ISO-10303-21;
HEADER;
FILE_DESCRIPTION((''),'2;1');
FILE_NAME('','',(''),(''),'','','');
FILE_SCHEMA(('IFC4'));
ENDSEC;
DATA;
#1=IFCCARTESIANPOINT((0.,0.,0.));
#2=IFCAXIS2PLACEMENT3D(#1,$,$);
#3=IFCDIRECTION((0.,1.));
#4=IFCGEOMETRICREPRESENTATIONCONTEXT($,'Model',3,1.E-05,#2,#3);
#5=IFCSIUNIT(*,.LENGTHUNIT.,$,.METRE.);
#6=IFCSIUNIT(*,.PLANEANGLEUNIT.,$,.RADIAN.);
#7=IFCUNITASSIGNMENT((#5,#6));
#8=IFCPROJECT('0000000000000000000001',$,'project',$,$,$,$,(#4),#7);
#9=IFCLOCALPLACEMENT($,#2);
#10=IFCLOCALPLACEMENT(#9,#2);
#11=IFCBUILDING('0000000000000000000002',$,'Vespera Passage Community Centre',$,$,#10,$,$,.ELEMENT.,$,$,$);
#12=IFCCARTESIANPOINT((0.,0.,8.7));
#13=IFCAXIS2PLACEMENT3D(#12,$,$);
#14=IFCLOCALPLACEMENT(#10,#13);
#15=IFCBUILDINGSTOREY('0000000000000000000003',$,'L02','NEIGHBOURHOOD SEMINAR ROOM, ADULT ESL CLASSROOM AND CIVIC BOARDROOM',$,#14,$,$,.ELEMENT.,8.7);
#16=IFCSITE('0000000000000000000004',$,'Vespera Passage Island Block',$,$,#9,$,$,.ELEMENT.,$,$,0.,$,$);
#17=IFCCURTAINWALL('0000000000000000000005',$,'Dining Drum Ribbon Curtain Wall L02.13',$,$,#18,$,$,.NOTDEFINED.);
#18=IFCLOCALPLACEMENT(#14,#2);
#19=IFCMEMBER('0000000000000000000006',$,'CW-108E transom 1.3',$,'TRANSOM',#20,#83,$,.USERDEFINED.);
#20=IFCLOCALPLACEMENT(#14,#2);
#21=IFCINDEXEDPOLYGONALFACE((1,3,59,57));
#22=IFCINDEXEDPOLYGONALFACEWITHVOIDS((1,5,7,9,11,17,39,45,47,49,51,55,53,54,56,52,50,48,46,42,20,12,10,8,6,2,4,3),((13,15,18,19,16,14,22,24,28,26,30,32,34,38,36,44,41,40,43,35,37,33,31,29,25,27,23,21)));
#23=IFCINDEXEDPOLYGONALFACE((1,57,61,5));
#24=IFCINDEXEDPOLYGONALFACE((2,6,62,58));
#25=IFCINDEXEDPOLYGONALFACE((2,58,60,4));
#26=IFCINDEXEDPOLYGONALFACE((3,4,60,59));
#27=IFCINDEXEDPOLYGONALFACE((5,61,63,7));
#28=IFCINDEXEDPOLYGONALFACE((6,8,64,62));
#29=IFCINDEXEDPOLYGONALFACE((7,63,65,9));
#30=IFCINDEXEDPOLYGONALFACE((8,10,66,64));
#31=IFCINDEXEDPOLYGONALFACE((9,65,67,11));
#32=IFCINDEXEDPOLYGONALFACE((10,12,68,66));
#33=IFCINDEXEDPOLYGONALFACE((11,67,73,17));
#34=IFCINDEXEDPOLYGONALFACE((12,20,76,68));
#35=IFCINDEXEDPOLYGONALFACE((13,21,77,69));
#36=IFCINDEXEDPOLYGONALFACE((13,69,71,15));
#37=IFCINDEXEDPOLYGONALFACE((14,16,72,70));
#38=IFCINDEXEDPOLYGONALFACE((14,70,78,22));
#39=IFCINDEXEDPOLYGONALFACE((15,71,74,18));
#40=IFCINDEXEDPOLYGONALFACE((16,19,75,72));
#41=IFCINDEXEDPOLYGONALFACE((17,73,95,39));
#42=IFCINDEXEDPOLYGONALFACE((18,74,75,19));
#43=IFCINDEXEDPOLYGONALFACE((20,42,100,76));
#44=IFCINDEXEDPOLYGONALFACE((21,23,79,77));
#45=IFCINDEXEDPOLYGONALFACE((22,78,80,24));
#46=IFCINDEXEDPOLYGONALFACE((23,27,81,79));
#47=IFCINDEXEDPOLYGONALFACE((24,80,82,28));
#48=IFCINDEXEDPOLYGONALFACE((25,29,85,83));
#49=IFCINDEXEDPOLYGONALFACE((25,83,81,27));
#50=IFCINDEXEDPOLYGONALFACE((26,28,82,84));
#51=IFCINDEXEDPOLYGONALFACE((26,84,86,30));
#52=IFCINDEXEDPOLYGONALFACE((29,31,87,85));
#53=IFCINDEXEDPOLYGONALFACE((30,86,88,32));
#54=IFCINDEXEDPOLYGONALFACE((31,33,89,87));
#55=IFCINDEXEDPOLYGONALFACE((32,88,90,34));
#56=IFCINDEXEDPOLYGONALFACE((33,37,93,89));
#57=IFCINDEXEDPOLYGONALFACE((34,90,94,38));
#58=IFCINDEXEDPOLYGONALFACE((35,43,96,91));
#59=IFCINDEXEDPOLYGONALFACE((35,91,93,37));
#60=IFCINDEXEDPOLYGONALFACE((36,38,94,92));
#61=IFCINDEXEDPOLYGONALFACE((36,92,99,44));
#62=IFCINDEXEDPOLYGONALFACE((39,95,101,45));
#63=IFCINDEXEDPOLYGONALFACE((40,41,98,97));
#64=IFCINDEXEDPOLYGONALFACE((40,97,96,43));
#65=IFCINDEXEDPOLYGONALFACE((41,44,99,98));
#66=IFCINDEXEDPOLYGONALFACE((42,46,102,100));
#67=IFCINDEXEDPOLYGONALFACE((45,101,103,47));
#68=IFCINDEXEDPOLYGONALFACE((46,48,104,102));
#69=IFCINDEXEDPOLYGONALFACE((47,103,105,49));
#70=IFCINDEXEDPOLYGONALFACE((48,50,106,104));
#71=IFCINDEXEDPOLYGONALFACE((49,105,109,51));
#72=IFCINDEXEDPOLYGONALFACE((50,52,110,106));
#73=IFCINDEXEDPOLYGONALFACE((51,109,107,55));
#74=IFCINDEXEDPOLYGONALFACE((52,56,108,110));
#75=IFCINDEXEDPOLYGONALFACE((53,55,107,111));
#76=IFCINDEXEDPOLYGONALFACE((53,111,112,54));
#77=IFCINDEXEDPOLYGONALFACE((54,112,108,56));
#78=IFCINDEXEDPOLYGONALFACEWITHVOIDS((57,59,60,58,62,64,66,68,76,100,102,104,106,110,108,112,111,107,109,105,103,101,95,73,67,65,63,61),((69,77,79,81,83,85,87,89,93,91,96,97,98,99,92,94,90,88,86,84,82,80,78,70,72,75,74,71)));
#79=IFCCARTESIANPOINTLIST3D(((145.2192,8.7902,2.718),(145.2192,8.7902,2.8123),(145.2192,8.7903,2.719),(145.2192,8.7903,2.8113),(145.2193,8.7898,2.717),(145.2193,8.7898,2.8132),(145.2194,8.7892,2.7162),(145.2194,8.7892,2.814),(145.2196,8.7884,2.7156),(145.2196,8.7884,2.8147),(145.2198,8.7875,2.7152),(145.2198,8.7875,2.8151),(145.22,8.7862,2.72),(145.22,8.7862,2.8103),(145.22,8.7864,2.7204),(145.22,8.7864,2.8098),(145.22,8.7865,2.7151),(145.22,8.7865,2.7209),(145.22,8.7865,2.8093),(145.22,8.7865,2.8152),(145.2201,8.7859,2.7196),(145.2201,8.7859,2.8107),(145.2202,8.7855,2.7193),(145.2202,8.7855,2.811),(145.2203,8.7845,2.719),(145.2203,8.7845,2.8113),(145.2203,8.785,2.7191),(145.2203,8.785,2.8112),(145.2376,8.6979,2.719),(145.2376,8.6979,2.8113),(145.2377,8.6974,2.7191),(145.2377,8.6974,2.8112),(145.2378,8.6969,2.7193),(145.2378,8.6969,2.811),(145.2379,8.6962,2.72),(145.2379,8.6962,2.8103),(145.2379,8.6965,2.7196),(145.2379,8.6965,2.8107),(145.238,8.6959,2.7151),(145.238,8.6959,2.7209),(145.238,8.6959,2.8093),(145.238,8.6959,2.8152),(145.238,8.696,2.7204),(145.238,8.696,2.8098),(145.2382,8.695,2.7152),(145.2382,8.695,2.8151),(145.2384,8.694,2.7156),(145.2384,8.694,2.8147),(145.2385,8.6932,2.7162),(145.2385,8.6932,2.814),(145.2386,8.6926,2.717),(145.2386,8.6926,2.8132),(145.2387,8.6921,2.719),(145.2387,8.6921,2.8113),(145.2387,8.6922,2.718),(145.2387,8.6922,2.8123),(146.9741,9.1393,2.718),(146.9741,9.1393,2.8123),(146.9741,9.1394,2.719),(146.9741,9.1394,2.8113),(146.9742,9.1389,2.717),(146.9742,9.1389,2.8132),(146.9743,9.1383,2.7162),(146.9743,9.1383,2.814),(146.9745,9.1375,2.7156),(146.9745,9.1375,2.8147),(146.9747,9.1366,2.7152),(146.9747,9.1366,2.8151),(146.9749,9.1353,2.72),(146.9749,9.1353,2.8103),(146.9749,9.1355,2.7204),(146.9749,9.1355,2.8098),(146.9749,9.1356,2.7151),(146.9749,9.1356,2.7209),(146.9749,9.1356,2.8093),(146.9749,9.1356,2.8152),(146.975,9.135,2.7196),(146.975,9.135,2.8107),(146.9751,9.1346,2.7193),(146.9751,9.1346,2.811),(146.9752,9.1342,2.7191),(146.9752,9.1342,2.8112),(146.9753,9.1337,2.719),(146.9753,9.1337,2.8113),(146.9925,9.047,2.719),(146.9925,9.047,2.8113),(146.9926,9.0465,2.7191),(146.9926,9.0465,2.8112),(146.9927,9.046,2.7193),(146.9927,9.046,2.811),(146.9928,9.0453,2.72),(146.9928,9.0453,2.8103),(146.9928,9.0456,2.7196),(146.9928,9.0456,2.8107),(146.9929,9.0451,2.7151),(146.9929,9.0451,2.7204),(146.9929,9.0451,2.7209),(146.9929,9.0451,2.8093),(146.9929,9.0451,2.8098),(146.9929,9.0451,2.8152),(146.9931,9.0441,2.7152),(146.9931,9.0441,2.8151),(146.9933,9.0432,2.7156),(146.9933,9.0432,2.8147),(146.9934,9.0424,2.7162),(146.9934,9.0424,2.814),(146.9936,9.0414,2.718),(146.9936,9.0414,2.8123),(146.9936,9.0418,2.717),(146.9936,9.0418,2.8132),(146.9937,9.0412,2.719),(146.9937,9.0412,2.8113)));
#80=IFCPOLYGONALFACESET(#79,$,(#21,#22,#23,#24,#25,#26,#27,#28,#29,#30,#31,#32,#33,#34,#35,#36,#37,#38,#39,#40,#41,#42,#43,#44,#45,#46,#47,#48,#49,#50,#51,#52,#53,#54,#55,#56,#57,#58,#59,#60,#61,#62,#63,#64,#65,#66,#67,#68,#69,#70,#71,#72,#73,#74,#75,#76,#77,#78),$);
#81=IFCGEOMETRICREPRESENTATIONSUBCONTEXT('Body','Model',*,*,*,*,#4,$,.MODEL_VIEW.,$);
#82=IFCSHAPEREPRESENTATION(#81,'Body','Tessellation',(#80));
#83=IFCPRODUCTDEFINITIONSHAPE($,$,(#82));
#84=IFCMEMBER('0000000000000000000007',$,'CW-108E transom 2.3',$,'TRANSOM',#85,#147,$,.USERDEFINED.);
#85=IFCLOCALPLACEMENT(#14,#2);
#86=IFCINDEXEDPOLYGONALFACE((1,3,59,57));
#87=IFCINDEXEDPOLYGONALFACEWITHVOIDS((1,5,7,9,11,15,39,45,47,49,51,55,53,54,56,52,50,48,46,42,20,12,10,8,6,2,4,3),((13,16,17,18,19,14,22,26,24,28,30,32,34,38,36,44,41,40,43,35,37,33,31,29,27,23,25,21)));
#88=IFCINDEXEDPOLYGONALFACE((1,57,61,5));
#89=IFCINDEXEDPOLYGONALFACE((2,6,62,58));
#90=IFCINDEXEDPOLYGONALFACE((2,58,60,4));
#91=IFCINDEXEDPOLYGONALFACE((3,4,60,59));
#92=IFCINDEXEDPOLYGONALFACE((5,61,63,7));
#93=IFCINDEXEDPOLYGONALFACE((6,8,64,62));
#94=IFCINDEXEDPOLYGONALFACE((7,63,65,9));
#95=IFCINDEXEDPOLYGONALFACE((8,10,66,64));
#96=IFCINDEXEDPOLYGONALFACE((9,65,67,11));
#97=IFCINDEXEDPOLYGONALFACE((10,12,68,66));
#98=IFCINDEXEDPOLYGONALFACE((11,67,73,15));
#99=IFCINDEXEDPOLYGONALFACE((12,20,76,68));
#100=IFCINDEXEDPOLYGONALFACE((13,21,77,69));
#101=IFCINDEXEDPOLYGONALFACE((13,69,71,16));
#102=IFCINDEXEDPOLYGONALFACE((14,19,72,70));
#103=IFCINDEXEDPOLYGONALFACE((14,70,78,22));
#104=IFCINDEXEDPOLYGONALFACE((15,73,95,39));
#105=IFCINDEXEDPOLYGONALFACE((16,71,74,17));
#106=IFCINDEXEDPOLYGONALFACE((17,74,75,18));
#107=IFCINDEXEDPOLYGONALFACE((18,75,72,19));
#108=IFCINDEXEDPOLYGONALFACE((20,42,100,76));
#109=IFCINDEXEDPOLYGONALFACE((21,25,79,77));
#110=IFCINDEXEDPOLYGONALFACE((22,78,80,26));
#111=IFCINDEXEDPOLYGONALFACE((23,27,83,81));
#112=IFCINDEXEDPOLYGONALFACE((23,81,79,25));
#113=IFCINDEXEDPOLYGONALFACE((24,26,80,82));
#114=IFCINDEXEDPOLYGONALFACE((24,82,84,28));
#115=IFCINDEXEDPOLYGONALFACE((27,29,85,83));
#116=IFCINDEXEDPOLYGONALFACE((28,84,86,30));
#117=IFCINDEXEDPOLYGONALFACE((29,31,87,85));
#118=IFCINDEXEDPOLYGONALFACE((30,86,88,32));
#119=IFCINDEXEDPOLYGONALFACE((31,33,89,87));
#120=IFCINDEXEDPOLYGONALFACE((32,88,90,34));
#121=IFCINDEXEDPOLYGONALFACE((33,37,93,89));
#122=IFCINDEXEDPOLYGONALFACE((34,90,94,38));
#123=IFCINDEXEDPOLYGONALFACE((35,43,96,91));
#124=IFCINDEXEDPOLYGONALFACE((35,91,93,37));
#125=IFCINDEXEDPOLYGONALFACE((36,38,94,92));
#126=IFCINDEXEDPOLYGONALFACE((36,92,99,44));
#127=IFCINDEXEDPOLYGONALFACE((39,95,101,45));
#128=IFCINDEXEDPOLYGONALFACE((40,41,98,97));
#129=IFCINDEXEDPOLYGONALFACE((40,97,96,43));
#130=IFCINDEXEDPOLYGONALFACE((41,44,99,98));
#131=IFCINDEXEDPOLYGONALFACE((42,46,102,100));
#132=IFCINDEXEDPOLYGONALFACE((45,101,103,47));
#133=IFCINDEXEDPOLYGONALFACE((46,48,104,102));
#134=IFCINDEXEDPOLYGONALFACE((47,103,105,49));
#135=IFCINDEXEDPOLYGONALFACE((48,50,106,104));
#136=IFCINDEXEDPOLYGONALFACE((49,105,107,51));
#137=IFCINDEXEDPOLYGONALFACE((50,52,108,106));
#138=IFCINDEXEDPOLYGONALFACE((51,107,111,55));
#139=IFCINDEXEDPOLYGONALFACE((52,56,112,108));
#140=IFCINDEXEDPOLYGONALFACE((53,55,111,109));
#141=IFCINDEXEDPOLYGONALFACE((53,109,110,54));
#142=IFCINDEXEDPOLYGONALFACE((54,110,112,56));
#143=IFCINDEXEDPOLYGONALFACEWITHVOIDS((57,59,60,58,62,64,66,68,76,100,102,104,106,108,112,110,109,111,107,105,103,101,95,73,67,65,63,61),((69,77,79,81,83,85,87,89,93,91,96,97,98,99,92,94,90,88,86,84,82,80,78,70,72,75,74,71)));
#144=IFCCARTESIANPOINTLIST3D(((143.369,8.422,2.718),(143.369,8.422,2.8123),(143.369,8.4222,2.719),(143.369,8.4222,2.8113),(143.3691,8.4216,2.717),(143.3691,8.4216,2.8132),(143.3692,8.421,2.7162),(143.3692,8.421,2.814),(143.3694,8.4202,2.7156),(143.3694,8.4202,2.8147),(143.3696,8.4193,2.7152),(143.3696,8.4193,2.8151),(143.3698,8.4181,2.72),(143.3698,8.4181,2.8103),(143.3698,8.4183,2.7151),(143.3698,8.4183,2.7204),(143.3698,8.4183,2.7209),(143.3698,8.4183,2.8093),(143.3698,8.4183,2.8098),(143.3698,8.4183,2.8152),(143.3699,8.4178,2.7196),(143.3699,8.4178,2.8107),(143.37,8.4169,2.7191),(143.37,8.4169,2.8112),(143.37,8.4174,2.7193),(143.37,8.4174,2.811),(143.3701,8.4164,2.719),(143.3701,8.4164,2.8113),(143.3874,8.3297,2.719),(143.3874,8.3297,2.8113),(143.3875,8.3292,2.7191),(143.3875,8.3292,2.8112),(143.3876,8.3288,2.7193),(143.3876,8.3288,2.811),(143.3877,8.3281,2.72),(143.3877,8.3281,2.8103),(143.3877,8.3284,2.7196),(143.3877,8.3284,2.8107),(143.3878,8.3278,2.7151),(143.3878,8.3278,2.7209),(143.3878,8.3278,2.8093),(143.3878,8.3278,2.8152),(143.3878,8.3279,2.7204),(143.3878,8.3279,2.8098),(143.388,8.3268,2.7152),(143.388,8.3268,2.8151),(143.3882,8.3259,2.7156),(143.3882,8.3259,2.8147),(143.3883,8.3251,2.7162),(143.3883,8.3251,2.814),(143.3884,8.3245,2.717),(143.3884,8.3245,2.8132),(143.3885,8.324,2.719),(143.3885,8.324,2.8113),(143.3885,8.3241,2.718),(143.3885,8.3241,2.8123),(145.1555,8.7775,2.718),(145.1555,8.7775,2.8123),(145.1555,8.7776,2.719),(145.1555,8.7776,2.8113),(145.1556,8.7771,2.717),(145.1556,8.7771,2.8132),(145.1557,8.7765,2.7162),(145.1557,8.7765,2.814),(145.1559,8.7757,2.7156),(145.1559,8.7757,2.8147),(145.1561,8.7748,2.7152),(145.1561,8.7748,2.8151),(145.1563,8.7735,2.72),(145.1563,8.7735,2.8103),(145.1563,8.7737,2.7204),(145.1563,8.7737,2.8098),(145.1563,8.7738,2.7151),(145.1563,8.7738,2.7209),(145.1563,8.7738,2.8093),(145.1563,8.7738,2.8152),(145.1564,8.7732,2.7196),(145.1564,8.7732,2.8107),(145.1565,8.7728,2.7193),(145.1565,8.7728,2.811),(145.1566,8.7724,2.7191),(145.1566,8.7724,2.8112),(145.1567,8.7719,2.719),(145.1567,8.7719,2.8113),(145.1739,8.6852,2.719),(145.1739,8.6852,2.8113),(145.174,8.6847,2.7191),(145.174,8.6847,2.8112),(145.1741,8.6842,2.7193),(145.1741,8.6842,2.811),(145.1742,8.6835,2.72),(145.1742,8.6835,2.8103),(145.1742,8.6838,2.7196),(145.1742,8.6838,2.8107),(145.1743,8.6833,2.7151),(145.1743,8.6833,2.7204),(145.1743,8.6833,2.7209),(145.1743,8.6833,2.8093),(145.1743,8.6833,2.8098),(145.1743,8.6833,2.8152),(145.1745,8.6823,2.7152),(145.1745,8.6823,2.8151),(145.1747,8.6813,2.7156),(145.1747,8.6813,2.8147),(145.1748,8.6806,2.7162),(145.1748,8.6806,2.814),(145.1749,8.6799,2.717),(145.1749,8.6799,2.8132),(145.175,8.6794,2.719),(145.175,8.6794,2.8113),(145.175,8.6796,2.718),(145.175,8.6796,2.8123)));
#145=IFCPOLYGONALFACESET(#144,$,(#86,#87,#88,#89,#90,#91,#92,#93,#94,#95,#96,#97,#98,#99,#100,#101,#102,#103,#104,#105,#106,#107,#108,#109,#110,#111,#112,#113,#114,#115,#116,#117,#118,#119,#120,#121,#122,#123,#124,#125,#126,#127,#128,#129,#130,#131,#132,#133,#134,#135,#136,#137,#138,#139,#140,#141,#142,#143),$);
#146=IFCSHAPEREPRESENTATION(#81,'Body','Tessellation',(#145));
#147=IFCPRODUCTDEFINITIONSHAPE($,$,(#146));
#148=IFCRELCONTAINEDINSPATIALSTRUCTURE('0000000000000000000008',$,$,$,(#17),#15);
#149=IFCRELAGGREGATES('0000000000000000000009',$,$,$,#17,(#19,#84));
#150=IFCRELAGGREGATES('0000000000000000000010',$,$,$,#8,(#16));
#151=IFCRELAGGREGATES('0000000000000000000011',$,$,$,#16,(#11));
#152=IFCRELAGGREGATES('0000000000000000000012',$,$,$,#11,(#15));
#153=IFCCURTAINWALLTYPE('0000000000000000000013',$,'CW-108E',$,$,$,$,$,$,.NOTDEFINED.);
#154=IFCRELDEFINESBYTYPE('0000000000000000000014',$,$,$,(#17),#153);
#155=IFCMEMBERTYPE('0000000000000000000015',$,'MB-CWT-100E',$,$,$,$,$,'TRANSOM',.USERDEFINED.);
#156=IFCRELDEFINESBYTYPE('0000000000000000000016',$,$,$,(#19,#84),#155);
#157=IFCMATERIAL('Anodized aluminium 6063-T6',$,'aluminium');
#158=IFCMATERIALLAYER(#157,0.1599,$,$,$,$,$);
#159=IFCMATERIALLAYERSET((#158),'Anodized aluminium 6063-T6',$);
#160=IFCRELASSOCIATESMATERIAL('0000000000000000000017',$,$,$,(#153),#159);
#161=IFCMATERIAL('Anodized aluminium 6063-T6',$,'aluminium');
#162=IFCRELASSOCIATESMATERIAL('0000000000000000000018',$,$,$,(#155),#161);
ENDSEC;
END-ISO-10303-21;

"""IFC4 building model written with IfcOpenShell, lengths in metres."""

from ifc_helpers import new_model, si_unit, direction, frame, origin, origin_2d, place, context, subcontext, project, spatial, hollow_rectangle, extrude, material, layer, layer_set, material_profile, profile_set, type_object, element, aggregate, save


model = new_model("IFC4")

# Units and contexts
model_context = context("Model", 3, precision=1e-05, world=origin(), true_north=direction((0.0, 1.0)))
body_context = subcontext(model_context, "Body", "Model", "MODEL_VIEW")
ifc_project = project(units=[si_unit("LENGTHUNIT", "METRE"), si_unit("PLANEANGLEUNIT", "RADIAN")], contexts=[model_context])

# Site, building, storey
site_placement = place(None, origin())
site = spatial("IfcSite", under=ifc_project, at=site_placement, Name="Vespera Passage Island Block", CompositionType="ELEMENT", RefElevation=0.0)
building_placement = place(site_placement, origin())
building = spatial("IfcBuilding", under=site, at=building_placement, Name="Vespera Passage Community Centre", CompositionType="ELEMENT")
storey_placement = place(building_placement, frame((0.0, 0.0, 8.7)))
storey = spatial("IfcBuildingStorey", under=building, at=storey_placement, Name="L02", Description="NEIGHBOURHOOD SEMINAR ROOM, ADULT ESL CLASSROOM AND CIVIC BOARDROOM", CompositionType="ELEMENT", Elevation=8.7)

# Curtain wall
ifc_material_1 = material(Name="Anodized aluminium 6063-T6", Category="aluminium")
ifc_layer_1 = layer(ifc_material_1, 0.1599)
ifc_layer_set_1 = layer_set([ifc_layer_1], Name="Anodized aluminium 6063-T6")
curtain_wall_type_1 = type_object("IfcCurtainWallType", Name="CW-108E", PredefinedType="NOTDEFINED", material=ifc_layer_set_1)
curtain_wall_1_placement = place(storey_placement, origin())
curtain_wall_1 = element("IfcCurtainWall", 1, at=curtain_wall_1_placement, inside=storey, type_object=curtain_wall_type_1, Name="Dining Drum Ribbon Curtain Wall L02.13", PredefinedType="NOTDEFINED")

# Members
ifc_material_2 = material(Name="Anodized aluminium 6063-T6", Category="aluminium")
ifc_material_profile_1 = material_profile(ifc_material_2, hollow_rectangle(XDim=0.1001, YDim=0.1001, WallThickness=0.0039, InnerFilletRadius=0.002, OuterFilletRadius=0.0039, at=origin_2d()), Name="ALU100X100X4")
ifc_profile_set_1 = profile_set([ifc_material_profile_1], Name="Anodized aluminium 6063-T6")
member_type_1 = type_object("IfcMemberType", Name="MB-CWT-100E", ElementType="TRANSOM", PredefinedType="USERDEFINED", material=ifc_profile_set_1)
member_1_placement = place(storey_placement, frame((146.9839, 9.0903, 2.7651), z_axis=(-0.98078, -0.195119, 0.0), x_axis=(0.195119, -0.98078, 0.0)))
member_1 = element("IfcMember", 2, at=member_1_placement, type_object=member_type_1, Name="CW-108E transom 1.3", ObjectType="TRANSOM", PredefinedType="USERDEFINED", context=body_context, shape_type="SweptSolid", body=[
    extrude(hollow_rectangle(XDim=0.1001, YDim=0.1001, WallThickness=0.0039, InnerFilletRadius=0.002, OuterFilletRadius=0.0039, at=origin_2d()), origin(), (0.0, 0.0, 1.0), 1.7893),
])
member_2_placement = place(storey_placement, frame((145.1653, 8.7285, 2.7651), z_axis=(-0.980776, -0.195137, 0.0), x_axis=(0.195137, -0.980776, 0.0)))
member_2 = element("IfcMember", 3, at=member_2_placement, type_object=member_type_1, Name="CW-108E transom 2.3", ObjectType="TRANSOM", PredefinedType="USERDEFINED", context=body_context, shape_type="SweptSolid", body=[
    extrude(hollow_rectangle(XDim=0.1001, YDim=0.1001, WallThickness=0.0039, InnerFilletRadius=0.002, OuterFilletRadius=0.0039, at=origin_2d()), origin(), (0.0, 0.0, 1.0), 1.8215),
])

aggregate(curtain_wall_1, [member_1, member_2])

save(model, "model.ifc")
